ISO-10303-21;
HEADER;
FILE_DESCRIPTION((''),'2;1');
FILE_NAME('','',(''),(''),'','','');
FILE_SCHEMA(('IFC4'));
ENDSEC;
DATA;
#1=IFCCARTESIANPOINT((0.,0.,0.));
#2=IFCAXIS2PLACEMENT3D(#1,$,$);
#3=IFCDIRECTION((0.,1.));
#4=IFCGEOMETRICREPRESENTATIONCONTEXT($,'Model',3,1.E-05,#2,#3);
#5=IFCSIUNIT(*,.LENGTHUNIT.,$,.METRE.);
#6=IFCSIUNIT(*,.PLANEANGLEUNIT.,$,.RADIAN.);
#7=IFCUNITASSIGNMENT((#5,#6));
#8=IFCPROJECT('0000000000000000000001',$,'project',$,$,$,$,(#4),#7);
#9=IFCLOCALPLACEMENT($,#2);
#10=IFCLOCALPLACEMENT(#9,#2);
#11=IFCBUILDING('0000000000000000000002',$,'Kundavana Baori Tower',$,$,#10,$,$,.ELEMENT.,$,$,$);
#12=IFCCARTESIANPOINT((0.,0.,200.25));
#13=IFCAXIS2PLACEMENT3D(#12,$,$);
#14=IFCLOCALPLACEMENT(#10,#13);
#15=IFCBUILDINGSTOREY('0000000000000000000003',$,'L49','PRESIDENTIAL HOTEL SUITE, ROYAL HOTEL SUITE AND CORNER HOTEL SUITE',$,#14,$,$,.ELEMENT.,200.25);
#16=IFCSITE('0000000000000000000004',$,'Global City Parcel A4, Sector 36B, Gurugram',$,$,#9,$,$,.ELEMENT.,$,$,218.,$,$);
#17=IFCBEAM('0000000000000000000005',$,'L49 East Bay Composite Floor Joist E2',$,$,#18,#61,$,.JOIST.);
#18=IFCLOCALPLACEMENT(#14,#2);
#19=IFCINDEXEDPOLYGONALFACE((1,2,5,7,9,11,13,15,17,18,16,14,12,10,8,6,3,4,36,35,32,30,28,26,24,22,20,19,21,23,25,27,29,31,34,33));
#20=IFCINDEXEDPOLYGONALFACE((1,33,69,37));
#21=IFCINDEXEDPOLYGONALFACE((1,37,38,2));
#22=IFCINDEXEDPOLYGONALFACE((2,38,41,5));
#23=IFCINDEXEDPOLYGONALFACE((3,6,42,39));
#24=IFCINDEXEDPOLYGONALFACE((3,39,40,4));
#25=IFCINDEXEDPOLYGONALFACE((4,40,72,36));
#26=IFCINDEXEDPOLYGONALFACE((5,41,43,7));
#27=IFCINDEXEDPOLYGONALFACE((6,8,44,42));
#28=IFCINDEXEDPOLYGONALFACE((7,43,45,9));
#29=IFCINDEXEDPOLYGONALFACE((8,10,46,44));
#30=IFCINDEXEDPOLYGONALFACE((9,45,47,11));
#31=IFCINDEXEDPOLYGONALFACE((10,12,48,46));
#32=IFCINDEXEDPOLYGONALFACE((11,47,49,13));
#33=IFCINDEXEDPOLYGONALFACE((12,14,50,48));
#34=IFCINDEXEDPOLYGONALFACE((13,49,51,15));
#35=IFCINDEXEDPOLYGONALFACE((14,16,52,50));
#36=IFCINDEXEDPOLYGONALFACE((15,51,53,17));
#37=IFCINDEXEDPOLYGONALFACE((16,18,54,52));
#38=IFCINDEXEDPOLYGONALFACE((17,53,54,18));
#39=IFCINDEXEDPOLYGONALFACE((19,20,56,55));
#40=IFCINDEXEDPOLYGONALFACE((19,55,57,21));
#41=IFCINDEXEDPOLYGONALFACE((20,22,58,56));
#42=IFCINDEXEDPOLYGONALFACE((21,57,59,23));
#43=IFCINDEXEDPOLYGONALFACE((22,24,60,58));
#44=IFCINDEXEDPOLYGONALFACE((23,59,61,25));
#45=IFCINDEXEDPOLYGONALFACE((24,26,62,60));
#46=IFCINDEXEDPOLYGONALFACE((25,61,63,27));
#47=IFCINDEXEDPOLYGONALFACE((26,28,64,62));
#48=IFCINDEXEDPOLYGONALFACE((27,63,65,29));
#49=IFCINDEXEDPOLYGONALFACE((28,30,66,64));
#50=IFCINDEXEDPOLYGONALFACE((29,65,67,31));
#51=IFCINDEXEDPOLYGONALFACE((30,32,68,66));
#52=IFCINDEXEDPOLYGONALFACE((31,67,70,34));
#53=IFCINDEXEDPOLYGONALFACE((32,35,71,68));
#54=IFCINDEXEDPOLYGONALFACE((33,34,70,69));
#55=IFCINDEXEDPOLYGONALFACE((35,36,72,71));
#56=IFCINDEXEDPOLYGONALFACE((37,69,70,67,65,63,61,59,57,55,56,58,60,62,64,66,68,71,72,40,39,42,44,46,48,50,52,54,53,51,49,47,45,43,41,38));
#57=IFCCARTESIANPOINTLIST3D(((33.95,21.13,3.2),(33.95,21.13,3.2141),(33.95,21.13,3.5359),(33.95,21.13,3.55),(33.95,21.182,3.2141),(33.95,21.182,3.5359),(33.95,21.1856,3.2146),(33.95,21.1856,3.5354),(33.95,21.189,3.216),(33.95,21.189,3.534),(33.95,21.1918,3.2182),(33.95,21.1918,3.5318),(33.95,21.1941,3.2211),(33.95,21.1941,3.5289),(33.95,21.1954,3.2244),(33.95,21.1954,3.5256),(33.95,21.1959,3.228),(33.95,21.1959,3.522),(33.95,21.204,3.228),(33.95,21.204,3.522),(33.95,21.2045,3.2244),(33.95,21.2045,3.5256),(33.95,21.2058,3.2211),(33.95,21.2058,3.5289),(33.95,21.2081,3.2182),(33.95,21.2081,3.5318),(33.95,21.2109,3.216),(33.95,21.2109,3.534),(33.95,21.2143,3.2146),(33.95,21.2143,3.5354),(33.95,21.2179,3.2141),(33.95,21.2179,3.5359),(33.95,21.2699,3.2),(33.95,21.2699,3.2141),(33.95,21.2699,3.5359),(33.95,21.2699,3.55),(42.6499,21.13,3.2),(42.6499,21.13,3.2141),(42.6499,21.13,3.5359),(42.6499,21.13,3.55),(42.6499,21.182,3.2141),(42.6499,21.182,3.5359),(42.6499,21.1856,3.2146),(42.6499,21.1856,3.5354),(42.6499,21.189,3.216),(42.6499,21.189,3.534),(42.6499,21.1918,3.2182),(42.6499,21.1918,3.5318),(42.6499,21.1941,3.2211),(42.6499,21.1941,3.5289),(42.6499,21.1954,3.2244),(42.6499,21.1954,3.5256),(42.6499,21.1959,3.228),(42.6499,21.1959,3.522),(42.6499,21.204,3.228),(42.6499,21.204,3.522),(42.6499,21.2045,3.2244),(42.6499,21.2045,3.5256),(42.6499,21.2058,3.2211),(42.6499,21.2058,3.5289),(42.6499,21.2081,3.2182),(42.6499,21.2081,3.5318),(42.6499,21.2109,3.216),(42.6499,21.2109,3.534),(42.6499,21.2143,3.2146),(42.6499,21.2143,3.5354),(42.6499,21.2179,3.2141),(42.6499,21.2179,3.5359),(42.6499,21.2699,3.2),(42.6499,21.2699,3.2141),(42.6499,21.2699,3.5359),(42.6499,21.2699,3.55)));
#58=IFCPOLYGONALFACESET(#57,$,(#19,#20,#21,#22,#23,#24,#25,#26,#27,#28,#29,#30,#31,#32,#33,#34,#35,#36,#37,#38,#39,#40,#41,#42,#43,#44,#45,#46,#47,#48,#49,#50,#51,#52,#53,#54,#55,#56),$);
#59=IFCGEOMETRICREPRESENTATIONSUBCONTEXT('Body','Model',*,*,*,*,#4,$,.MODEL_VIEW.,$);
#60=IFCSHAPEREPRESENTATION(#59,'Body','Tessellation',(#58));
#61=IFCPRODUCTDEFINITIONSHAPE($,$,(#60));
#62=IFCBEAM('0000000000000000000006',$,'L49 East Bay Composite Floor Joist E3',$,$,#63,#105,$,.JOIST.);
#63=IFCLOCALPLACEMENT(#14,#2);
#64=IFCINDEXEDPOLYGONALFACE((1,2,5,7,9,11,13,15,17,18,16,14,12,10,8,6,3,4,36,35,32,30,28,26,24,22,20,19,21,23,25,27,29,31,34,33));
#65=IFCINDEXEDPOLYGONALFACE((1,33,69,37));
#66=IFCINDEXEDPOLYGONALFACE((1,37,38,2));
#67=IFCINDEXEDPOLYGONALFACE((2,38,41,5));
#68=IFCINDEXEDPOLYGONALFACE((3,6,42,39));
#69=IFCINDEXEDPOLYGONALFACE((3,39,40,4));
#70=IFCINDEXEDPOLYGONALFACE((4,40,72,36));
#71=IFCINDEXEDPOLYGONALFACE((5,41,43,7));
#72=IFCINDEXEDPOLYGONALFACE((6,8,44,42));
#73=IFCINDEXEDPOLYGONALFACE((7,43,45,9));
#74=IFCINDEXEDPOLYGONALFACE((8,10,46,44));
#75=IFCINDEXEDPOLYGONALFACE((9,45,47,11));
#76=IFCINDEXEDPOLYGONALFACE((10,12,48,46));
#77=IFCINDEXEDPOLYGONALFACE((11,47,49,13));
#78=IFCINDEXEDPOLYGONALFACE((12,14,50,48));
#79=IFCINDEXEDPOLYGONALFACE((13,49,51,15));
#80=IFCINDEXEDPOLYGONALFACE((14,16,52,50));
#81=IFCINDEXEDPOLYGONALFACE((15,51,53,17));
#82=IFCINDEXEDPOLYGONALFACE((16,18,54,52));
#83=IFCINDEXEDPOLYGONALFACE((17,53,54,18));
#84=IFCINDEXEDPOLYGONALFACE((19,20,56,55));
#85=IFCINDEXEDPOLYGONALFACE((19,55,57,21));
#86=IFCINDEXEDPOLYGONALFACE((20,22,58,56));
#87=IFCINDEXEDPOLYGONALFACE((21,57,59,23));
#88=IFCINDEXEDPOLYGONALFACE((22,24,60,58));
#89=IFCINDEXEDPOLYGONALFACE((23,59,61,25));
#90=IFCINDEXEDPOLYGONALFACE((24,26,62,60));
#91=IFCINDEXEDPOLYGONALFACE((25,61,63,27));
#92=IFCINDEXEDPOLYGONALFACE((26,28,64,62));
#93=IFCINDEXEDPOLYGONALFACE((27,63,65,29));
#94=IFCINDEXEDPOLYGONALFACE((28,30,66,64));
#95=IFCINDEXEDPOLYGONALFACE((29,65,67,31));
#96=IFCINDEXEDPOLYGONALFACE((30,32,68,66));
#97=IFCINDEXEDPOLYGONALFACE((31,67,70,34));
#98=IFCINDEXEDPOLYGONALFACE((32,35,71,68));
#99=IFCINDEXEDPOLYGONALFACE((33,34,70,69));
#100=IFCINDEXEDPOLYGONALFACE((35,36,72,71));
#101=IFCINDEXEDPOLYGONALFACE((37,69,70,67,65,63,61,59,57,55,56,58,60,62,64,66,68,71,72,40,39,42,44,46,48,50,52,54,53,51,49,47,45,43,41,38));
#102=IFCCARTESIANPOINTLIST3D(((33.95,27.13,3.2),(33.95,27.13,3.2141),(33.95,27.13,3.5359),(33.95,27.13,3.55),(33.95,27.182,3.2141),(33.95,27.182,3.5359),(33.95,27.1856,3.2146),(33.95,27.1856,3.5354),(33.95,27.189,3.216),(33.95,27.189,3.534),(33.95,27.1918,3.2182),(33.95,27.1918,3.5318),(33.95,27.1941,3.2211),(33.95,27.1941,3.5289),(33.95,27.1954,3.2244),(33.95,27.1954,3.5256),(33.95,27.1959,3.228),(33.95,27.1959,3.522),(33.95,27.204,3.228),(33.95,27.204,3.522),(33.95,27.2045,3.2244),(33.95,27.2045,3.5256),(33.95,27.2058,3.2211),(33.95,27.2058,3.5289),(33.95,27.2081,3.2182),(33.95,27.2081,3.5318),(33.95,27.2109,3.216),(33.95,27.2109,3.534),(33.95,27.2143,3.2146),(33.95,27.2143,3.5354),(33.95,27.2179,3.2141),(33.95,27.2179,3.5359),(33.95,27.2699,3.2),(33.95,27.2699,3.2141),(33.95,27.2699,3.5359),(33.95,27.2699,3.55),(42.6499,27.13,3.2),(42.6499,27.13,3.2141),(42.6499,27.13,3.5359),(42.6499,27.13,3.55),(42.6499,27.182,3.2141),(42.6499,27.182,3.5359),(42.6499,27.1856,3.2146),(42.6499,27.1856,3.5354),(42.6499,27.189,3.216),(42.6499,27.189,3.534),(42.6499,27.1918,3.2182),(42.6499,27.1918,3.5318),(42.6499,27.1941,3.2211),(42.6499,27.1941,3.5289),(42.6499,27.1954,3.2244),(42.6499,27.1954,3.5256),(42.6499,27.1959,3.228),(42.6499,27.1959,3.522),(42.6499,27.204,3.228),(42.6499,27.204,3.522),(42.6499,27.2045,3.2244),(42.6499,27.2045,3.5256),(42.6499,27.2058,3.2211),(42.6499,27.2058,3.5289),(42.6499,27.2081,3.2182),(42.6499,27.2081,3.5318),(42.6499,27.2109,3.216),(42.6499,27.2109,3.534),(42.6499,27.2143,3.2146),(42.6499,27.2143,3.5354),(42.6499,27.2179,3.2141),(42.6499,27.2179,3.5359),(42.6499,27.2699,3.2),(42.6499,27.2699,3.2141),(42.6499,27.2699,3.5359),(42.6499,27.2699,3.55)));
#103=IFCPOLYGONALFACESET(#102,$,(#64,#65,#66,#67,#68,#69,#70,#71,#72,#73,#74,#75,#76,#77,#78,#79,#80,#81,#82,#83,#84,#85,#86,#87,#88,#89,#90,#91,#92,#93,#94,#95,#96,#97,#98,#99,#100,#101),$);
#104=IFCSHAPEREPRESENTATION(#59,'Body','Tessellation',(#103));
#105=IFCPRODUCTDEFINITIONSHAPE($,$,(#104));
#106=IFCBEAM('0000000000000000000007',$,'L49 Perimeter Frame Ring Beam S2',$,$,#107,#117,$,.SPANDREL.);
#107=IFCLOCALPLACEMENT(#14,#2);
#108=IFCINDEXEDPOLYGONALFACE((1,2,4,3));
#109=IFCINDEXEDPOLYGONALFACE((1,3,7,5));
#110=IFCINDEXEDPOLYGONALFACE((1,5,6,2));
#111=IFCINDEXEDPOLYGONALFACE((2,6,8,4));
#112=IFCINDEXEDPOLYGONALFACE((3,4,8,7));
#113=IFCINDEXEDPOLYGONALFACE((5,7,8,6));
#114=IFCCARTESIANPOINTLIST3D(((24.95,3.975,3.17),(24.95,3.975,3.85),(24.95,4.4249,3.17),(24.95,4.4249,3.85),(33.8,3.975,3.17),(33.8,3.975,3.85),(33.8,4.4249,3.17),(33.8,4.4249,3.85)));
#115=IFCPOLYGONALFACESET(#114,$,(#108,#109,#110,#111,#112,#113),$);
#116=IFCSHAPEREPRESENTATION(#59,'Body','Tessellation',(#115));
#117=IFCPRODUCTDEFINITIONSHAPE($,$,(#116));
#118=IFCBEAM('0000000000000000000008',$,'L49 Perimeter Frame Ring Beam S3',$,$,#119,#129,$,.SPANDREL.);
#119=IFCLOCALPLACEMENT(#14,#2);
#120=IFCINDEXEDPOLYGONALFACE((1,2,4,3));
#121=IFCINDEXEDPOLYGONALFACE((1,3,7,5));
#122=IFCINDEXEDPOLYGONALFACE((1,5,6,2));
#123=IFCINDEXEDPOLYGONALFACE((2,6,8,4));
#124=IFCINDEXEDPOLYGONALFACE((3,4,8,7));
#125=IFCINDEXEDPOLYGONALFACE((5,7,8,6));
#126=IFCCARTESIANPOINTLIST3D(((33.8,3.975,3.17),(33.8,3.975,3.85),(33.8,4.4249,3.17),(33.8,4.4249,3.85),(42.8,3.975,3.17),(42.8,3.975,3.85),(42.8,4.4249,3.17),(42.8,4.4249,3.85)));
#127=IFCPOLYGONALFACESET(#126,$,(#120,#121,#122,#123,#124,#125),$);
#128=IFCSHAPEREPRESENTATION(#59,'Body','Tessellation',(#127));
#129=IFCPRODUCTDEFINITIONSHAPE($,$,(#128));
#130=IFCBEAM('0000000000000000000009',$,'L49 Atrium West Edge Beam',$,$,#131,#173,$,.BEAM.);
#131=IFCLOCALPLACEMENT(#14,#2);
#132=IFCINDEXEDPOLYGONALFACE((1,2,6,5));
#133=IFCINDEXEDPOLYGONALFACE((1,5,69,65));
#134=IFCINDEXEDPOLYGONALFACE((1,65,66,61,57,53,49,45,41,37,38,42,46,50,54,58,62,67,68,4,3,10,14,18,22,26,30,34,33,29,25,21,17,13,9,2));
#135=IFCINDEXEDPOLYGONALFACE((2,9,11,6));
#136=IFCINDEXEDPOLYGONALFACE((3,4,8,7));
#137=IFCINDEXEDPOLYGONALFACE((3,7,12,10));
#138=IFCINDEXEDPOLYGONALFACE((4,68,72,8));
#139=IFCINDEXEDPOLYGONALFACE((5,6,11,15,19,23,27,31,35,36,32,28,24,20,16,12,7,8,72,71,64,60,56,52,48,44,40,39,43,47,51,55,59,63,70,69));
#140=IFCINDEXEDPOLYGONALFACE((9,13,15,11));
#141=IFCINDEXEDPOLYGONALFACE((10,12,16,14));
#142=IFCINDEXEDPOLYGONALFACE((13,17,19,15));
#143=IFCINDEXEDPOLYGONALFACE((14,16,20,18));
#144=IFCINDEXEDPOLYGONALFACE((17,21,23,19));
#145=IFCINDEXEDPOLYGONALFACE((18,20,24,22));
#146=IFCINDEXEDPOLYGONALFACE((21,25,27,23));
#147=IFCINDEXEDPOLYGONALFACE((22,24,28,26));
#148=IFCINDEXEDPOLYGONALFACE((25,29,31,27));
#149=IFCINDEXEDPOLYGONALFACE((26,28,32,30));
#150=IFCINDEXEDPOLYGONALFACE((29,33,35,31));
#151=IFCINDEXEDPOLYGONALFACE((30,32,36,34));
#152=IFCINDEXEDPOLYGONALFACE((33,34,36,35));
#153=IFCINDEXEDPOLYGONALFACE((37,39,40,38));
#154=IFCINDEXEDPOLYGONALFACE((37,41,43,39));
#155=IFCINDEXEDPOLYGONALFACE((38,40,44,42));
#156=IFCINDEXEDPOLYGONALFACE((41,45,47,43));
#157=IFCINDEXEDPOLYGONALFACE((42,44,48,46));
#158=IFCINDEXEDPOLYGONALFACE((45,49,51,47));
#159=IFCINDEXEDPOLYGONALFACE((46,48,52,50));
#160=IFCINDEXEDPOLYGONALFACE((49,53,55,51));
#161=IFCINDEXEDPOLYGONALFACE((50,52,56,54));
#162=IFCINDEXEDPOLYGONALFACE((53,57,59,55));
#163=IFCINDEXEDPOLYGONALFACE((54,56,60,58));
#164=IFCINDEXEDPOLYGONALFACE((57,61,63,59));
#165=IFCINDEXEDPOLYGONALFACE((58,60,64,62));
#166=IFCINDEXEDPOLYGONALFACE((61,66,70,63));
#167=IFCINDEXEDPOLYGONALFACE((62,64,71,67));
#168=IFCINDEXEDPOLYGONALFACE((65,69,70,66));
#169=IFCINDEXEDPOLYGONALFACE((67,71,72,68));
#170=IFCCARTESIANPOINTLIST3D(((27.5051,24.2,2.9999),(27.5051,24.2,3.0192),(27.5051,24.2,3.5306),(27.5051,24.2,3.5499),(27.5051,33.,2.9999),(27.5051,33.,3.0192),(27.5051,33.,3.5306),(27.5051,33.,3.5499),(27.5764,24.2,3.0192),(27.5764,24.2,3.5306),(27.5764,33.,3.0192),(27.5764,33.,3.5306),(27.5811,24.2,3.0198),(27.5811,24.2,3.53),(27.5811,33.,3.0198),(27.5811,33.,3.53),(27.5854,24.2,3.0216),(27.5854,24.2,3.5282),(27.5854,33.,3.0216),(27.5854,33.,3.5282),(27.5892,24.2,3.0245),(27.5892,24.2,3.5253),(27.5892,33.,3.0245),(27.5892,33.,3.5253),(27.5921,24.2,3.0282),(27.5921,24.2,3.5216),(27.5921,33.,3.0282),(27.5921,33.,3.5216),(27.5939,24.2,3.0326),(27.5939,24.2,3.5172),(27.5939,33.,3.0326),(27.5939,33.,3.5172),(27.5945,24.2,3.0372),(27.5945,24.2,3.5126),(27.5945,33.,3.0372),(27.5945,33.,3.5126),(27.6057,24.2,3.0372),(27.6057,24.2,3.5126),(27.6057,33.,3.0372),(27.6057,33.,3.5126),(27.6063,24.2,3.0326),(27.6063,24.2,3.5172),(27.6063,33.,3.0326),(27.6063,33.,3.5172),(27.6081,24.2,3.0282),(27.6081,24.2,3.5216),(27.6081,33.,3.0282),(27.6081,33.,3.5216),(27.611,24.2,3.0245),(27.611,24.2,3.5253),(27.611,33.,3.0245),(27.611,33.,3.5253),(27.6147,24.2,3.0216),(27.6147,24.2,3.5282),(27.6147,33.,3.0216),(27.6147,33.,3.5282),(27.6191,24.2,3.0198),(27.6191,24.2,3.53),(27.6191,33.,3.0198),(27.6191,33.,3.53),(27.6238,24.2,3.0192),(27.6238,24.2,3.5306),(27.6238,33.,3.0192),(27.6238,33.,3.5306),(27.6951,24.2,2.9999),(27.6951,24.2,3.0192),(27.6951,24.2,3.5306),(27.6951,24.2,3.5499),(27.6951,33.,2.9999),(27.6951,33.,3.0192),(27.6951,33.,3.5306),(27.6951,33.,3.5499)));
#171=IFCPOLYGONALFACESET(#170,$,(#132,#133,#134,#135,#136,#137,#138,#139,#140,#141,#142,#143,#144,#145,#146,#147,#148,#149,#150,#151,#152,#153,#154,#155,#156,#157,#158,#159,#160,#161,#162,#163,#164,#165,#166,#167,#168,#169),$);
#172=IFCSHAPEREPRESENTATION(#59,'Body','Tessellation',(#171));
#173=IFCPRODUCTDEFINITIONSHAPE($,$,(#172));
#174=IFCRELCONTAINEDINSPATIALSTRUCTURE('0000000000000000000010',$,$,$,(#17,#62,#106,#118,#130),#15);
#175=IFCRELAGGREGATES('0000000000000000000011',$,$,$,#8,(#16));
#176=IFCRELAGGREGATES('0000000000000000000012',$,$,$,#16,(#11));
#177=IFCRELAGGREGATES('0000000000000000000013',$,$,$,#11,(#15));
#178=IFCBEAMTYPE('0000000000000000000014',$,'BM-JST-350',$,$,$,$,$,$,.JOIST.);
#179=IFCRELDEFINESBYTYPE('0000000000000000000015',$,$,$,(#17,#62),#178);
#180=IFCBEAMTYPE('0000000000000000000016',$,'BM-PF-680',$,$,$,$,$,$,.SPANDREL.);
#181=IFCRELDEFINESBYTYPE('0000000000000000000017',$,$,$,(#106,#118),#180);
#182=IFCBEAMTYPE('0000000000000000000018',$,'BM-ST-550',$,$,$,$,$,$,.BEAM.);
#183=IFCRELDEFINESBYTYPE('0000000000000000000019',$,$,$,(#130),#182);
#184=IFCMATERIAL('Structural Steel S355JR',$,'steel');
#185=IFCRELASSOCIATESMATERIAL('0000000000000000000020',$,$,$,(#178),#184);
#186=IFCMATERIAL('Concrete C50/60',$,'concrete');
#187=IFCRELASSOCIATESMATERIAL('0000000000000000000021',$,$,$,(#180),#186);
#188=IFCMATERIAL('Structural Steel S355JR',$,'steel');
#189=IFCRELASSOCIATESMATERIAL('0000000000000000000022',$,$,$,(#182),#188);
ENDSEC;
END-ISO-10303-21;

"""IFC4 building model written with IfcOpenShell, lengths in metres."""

from ifc_helpers import new_model, si_unit, direction, frame, origin, origin_2d, place, context, subcontext, project, spatial, rectangle, i_section, extrude, material, material_profile, profile_set, type_object, element, save


model = new_model("IFC4")

# Units and contexts
model_context = context("Model", 3, precision=1e-05, world=origin(), true_north=direction((0.0, 1.0)))
body_context = subcontext(model_context, "Body", "Model", "MODEL_VIEW")
ifc_project = project(units=[si_unit("LENGTHUNIT", "METRE"), si_unit("PLANEANGLEUNIT", "RADIAN")], contexts=[model_context])

# Site, building, storey
site_placement = place(None, origin())
site = spatial("IfcSite", under=ifc_project, at=site_placement, Name="Global City Parcel A4, Sector 36B, Gurugram", CompositionType="ELEMENT", RefElevation=218.0)
building_placement = place(site_placement, origin())
building = spatial("IfcBuilding", under=site, at=building_placement, Name="Kundavana Baori Tower", CompositionType="ELEMENT")
storey_placement = place(building_placement, frame((0.0, 0.0, 200.25)))
storey = spatial("IfcBuildingStorey", under=building, at=storey_placement, Name="L49", Description="PRESIDENTIAL HOTEL SUITE, ROYAL HOTEL SUITE AND CORNER HOTEL SUITE", CompositionType="ELEMENT", Elevation=200.25)

# Beams
ifc_material_1 = material(Name="Structural Steel S355JR", Category="steel")
ifc_material_profile_1 = material_profile(ifc_material_1, i_section(OverallWidth=0.1399, OverallDepth=0.3501, WebThickness=0.0081, FlangeThickness=0.0142, FilletRadius=0.0139, at=origin_2d()), Name="ISMB 350")
ifc_profile_set_1 = profile_set([ifc_material_profile_1], Name="Structural Steel S355JR")
beam_type_1 = type_object("IfcBeamType", Name="BM-JST-350", PredefinedType="JOIST", material=ifc_profile_set_1)
for number, where, z_axis, x_axis, name in (
    (1, (33.95, 21.2, 3.375), (1.0, 0.0, 0.0), (0.0, 1.0, 0.0), "L49 East Bay Composite Floor Joist E2"),
    (2, (33.95, 27.2, 3.375), (1.0, 0.0, 0.0), (0.0, 1.0, 0.0), "L49 East Bay Composite Floor Joist E3"),
):
    element("IfcBeam", number, at=place(storey_placement, frame(where, z_axis=z_axis, x_axis=x_axis)), inside=storey, type_object=beam_type_1, Name=name, PredefinedType="JOIST", context=body_context, shape_type="SweptSolid", body=[
        extrude(i_section(OverallWidth=0.1399, OverallDepth=0.3501, WebThickness=0.0081, FlangeThickness=0.0142, FilletRadius=0.0139, at=origin_2d()), origin(), (0.0, 0.0, 1.0), 8.7),
    ])
ifc_material_2 = material(Name="Concrete C50/60", Category="concrete")
ifc_material_profile_2 = material_profile(ifc_material_2, rectangle(XDim=0.45, YDim=0.6799, at=origin_2d()), Name="RC BM 450x680")
ifc_profile_set_2 = profile_set([ifc_material_profile_2], Name="Concrete C50/60")
beam_type_2 = type_object("IfcBeamType", Name="BM-PF-680", PredefinedType="SPANDREL", material=ifc_profile_set_2)
beam_1_placement = place(storey_placement, frame((24.95, 4.2, 3.51), z_axis=(1.0, 0.0, 0.0), x_axis=(0.0, 1.0, 0.0)))
element("IfcBeam", 3, at=beam_1_placement, inside=storey, type_object=beam_type_2, Name="L49 Perimeter Frame Ring Beam S2", PredefinedType="SPANDREL", context=body_context, shape_type="SweptSolid", body=[
    extrude(rectangle(XDim=0.45, YDim=0.6799, at=origin_2d()), origin(), (0.0, 0.0, 1.0), 8.8501),
])
beam_2_placement = place(storey_placement, frame((33.8, 4.2, 3.51), z_axis=(1.0, 0.0, 0.0), x_axis=(0.0, 1.0, 0.0)))
element("IfcBeam", 4, at=beam_2_placement, inside=storey, type_object=beam_type_2, Name="L49 Perimeter Frame Ring Beam S3", PredefinedType="SPANDREL", context=body_context, shape_type="SweptSolid", body=[
    extrude(rectangle(XDim=0.45, YDim=0.6799, at=origin_2d()), origin(), (0.0, 0.0, 1.0), 9.0),
])
ifc_material_3 = material(Name="Structural Steel S355JR", Category="steel")
ifc_material_profile_3 = material_profile(ifc_material_3, i_section(OverallWidth=0.1899, OverallDepth=0.55, WebThickness=0.0112, FlangeThickness=0.0193, FilletRadius=0.0181, at=origin_2d()), Name="ISMB 550")
ifc_profile_set_3 = profile_set([ifc_material_profile_3], Name="Structural Steel S355JR")
beam_type_3 = type_object("IfcBeamType", Name="BM-ST-550", PredefinedType="BEAM", material=ifc_profile_set_3)
for number, where, z_axis, x_axis, name in (
    (5, (27.6001, 24.2, 3.2749), (0.0, 1.0, 0.0), (-1.0, 0.0, 0.0), "L49 Atrium West Edge Beam"),
):
    element("IfcBeam", number, at=place(storey_placement, frame(where, z_axis=z_axis, x_axis=x_axis)), inside=storey, type_object=beam_type_3, Name=name, PredefinedType="BEAM", context=body_context, shape_type="SweptSolid", body=[
        extrude(i_section(OverallWidth=0.1899, OverallDepth=0.55, WebThickness=0.0112, FlangeThickness=0.0193, FilletRadius=0.0181, at=origin_2d()), origin(), (0.0, 0.0, 1.0), 8.8),
    ])

save(model, "model.ifc")
